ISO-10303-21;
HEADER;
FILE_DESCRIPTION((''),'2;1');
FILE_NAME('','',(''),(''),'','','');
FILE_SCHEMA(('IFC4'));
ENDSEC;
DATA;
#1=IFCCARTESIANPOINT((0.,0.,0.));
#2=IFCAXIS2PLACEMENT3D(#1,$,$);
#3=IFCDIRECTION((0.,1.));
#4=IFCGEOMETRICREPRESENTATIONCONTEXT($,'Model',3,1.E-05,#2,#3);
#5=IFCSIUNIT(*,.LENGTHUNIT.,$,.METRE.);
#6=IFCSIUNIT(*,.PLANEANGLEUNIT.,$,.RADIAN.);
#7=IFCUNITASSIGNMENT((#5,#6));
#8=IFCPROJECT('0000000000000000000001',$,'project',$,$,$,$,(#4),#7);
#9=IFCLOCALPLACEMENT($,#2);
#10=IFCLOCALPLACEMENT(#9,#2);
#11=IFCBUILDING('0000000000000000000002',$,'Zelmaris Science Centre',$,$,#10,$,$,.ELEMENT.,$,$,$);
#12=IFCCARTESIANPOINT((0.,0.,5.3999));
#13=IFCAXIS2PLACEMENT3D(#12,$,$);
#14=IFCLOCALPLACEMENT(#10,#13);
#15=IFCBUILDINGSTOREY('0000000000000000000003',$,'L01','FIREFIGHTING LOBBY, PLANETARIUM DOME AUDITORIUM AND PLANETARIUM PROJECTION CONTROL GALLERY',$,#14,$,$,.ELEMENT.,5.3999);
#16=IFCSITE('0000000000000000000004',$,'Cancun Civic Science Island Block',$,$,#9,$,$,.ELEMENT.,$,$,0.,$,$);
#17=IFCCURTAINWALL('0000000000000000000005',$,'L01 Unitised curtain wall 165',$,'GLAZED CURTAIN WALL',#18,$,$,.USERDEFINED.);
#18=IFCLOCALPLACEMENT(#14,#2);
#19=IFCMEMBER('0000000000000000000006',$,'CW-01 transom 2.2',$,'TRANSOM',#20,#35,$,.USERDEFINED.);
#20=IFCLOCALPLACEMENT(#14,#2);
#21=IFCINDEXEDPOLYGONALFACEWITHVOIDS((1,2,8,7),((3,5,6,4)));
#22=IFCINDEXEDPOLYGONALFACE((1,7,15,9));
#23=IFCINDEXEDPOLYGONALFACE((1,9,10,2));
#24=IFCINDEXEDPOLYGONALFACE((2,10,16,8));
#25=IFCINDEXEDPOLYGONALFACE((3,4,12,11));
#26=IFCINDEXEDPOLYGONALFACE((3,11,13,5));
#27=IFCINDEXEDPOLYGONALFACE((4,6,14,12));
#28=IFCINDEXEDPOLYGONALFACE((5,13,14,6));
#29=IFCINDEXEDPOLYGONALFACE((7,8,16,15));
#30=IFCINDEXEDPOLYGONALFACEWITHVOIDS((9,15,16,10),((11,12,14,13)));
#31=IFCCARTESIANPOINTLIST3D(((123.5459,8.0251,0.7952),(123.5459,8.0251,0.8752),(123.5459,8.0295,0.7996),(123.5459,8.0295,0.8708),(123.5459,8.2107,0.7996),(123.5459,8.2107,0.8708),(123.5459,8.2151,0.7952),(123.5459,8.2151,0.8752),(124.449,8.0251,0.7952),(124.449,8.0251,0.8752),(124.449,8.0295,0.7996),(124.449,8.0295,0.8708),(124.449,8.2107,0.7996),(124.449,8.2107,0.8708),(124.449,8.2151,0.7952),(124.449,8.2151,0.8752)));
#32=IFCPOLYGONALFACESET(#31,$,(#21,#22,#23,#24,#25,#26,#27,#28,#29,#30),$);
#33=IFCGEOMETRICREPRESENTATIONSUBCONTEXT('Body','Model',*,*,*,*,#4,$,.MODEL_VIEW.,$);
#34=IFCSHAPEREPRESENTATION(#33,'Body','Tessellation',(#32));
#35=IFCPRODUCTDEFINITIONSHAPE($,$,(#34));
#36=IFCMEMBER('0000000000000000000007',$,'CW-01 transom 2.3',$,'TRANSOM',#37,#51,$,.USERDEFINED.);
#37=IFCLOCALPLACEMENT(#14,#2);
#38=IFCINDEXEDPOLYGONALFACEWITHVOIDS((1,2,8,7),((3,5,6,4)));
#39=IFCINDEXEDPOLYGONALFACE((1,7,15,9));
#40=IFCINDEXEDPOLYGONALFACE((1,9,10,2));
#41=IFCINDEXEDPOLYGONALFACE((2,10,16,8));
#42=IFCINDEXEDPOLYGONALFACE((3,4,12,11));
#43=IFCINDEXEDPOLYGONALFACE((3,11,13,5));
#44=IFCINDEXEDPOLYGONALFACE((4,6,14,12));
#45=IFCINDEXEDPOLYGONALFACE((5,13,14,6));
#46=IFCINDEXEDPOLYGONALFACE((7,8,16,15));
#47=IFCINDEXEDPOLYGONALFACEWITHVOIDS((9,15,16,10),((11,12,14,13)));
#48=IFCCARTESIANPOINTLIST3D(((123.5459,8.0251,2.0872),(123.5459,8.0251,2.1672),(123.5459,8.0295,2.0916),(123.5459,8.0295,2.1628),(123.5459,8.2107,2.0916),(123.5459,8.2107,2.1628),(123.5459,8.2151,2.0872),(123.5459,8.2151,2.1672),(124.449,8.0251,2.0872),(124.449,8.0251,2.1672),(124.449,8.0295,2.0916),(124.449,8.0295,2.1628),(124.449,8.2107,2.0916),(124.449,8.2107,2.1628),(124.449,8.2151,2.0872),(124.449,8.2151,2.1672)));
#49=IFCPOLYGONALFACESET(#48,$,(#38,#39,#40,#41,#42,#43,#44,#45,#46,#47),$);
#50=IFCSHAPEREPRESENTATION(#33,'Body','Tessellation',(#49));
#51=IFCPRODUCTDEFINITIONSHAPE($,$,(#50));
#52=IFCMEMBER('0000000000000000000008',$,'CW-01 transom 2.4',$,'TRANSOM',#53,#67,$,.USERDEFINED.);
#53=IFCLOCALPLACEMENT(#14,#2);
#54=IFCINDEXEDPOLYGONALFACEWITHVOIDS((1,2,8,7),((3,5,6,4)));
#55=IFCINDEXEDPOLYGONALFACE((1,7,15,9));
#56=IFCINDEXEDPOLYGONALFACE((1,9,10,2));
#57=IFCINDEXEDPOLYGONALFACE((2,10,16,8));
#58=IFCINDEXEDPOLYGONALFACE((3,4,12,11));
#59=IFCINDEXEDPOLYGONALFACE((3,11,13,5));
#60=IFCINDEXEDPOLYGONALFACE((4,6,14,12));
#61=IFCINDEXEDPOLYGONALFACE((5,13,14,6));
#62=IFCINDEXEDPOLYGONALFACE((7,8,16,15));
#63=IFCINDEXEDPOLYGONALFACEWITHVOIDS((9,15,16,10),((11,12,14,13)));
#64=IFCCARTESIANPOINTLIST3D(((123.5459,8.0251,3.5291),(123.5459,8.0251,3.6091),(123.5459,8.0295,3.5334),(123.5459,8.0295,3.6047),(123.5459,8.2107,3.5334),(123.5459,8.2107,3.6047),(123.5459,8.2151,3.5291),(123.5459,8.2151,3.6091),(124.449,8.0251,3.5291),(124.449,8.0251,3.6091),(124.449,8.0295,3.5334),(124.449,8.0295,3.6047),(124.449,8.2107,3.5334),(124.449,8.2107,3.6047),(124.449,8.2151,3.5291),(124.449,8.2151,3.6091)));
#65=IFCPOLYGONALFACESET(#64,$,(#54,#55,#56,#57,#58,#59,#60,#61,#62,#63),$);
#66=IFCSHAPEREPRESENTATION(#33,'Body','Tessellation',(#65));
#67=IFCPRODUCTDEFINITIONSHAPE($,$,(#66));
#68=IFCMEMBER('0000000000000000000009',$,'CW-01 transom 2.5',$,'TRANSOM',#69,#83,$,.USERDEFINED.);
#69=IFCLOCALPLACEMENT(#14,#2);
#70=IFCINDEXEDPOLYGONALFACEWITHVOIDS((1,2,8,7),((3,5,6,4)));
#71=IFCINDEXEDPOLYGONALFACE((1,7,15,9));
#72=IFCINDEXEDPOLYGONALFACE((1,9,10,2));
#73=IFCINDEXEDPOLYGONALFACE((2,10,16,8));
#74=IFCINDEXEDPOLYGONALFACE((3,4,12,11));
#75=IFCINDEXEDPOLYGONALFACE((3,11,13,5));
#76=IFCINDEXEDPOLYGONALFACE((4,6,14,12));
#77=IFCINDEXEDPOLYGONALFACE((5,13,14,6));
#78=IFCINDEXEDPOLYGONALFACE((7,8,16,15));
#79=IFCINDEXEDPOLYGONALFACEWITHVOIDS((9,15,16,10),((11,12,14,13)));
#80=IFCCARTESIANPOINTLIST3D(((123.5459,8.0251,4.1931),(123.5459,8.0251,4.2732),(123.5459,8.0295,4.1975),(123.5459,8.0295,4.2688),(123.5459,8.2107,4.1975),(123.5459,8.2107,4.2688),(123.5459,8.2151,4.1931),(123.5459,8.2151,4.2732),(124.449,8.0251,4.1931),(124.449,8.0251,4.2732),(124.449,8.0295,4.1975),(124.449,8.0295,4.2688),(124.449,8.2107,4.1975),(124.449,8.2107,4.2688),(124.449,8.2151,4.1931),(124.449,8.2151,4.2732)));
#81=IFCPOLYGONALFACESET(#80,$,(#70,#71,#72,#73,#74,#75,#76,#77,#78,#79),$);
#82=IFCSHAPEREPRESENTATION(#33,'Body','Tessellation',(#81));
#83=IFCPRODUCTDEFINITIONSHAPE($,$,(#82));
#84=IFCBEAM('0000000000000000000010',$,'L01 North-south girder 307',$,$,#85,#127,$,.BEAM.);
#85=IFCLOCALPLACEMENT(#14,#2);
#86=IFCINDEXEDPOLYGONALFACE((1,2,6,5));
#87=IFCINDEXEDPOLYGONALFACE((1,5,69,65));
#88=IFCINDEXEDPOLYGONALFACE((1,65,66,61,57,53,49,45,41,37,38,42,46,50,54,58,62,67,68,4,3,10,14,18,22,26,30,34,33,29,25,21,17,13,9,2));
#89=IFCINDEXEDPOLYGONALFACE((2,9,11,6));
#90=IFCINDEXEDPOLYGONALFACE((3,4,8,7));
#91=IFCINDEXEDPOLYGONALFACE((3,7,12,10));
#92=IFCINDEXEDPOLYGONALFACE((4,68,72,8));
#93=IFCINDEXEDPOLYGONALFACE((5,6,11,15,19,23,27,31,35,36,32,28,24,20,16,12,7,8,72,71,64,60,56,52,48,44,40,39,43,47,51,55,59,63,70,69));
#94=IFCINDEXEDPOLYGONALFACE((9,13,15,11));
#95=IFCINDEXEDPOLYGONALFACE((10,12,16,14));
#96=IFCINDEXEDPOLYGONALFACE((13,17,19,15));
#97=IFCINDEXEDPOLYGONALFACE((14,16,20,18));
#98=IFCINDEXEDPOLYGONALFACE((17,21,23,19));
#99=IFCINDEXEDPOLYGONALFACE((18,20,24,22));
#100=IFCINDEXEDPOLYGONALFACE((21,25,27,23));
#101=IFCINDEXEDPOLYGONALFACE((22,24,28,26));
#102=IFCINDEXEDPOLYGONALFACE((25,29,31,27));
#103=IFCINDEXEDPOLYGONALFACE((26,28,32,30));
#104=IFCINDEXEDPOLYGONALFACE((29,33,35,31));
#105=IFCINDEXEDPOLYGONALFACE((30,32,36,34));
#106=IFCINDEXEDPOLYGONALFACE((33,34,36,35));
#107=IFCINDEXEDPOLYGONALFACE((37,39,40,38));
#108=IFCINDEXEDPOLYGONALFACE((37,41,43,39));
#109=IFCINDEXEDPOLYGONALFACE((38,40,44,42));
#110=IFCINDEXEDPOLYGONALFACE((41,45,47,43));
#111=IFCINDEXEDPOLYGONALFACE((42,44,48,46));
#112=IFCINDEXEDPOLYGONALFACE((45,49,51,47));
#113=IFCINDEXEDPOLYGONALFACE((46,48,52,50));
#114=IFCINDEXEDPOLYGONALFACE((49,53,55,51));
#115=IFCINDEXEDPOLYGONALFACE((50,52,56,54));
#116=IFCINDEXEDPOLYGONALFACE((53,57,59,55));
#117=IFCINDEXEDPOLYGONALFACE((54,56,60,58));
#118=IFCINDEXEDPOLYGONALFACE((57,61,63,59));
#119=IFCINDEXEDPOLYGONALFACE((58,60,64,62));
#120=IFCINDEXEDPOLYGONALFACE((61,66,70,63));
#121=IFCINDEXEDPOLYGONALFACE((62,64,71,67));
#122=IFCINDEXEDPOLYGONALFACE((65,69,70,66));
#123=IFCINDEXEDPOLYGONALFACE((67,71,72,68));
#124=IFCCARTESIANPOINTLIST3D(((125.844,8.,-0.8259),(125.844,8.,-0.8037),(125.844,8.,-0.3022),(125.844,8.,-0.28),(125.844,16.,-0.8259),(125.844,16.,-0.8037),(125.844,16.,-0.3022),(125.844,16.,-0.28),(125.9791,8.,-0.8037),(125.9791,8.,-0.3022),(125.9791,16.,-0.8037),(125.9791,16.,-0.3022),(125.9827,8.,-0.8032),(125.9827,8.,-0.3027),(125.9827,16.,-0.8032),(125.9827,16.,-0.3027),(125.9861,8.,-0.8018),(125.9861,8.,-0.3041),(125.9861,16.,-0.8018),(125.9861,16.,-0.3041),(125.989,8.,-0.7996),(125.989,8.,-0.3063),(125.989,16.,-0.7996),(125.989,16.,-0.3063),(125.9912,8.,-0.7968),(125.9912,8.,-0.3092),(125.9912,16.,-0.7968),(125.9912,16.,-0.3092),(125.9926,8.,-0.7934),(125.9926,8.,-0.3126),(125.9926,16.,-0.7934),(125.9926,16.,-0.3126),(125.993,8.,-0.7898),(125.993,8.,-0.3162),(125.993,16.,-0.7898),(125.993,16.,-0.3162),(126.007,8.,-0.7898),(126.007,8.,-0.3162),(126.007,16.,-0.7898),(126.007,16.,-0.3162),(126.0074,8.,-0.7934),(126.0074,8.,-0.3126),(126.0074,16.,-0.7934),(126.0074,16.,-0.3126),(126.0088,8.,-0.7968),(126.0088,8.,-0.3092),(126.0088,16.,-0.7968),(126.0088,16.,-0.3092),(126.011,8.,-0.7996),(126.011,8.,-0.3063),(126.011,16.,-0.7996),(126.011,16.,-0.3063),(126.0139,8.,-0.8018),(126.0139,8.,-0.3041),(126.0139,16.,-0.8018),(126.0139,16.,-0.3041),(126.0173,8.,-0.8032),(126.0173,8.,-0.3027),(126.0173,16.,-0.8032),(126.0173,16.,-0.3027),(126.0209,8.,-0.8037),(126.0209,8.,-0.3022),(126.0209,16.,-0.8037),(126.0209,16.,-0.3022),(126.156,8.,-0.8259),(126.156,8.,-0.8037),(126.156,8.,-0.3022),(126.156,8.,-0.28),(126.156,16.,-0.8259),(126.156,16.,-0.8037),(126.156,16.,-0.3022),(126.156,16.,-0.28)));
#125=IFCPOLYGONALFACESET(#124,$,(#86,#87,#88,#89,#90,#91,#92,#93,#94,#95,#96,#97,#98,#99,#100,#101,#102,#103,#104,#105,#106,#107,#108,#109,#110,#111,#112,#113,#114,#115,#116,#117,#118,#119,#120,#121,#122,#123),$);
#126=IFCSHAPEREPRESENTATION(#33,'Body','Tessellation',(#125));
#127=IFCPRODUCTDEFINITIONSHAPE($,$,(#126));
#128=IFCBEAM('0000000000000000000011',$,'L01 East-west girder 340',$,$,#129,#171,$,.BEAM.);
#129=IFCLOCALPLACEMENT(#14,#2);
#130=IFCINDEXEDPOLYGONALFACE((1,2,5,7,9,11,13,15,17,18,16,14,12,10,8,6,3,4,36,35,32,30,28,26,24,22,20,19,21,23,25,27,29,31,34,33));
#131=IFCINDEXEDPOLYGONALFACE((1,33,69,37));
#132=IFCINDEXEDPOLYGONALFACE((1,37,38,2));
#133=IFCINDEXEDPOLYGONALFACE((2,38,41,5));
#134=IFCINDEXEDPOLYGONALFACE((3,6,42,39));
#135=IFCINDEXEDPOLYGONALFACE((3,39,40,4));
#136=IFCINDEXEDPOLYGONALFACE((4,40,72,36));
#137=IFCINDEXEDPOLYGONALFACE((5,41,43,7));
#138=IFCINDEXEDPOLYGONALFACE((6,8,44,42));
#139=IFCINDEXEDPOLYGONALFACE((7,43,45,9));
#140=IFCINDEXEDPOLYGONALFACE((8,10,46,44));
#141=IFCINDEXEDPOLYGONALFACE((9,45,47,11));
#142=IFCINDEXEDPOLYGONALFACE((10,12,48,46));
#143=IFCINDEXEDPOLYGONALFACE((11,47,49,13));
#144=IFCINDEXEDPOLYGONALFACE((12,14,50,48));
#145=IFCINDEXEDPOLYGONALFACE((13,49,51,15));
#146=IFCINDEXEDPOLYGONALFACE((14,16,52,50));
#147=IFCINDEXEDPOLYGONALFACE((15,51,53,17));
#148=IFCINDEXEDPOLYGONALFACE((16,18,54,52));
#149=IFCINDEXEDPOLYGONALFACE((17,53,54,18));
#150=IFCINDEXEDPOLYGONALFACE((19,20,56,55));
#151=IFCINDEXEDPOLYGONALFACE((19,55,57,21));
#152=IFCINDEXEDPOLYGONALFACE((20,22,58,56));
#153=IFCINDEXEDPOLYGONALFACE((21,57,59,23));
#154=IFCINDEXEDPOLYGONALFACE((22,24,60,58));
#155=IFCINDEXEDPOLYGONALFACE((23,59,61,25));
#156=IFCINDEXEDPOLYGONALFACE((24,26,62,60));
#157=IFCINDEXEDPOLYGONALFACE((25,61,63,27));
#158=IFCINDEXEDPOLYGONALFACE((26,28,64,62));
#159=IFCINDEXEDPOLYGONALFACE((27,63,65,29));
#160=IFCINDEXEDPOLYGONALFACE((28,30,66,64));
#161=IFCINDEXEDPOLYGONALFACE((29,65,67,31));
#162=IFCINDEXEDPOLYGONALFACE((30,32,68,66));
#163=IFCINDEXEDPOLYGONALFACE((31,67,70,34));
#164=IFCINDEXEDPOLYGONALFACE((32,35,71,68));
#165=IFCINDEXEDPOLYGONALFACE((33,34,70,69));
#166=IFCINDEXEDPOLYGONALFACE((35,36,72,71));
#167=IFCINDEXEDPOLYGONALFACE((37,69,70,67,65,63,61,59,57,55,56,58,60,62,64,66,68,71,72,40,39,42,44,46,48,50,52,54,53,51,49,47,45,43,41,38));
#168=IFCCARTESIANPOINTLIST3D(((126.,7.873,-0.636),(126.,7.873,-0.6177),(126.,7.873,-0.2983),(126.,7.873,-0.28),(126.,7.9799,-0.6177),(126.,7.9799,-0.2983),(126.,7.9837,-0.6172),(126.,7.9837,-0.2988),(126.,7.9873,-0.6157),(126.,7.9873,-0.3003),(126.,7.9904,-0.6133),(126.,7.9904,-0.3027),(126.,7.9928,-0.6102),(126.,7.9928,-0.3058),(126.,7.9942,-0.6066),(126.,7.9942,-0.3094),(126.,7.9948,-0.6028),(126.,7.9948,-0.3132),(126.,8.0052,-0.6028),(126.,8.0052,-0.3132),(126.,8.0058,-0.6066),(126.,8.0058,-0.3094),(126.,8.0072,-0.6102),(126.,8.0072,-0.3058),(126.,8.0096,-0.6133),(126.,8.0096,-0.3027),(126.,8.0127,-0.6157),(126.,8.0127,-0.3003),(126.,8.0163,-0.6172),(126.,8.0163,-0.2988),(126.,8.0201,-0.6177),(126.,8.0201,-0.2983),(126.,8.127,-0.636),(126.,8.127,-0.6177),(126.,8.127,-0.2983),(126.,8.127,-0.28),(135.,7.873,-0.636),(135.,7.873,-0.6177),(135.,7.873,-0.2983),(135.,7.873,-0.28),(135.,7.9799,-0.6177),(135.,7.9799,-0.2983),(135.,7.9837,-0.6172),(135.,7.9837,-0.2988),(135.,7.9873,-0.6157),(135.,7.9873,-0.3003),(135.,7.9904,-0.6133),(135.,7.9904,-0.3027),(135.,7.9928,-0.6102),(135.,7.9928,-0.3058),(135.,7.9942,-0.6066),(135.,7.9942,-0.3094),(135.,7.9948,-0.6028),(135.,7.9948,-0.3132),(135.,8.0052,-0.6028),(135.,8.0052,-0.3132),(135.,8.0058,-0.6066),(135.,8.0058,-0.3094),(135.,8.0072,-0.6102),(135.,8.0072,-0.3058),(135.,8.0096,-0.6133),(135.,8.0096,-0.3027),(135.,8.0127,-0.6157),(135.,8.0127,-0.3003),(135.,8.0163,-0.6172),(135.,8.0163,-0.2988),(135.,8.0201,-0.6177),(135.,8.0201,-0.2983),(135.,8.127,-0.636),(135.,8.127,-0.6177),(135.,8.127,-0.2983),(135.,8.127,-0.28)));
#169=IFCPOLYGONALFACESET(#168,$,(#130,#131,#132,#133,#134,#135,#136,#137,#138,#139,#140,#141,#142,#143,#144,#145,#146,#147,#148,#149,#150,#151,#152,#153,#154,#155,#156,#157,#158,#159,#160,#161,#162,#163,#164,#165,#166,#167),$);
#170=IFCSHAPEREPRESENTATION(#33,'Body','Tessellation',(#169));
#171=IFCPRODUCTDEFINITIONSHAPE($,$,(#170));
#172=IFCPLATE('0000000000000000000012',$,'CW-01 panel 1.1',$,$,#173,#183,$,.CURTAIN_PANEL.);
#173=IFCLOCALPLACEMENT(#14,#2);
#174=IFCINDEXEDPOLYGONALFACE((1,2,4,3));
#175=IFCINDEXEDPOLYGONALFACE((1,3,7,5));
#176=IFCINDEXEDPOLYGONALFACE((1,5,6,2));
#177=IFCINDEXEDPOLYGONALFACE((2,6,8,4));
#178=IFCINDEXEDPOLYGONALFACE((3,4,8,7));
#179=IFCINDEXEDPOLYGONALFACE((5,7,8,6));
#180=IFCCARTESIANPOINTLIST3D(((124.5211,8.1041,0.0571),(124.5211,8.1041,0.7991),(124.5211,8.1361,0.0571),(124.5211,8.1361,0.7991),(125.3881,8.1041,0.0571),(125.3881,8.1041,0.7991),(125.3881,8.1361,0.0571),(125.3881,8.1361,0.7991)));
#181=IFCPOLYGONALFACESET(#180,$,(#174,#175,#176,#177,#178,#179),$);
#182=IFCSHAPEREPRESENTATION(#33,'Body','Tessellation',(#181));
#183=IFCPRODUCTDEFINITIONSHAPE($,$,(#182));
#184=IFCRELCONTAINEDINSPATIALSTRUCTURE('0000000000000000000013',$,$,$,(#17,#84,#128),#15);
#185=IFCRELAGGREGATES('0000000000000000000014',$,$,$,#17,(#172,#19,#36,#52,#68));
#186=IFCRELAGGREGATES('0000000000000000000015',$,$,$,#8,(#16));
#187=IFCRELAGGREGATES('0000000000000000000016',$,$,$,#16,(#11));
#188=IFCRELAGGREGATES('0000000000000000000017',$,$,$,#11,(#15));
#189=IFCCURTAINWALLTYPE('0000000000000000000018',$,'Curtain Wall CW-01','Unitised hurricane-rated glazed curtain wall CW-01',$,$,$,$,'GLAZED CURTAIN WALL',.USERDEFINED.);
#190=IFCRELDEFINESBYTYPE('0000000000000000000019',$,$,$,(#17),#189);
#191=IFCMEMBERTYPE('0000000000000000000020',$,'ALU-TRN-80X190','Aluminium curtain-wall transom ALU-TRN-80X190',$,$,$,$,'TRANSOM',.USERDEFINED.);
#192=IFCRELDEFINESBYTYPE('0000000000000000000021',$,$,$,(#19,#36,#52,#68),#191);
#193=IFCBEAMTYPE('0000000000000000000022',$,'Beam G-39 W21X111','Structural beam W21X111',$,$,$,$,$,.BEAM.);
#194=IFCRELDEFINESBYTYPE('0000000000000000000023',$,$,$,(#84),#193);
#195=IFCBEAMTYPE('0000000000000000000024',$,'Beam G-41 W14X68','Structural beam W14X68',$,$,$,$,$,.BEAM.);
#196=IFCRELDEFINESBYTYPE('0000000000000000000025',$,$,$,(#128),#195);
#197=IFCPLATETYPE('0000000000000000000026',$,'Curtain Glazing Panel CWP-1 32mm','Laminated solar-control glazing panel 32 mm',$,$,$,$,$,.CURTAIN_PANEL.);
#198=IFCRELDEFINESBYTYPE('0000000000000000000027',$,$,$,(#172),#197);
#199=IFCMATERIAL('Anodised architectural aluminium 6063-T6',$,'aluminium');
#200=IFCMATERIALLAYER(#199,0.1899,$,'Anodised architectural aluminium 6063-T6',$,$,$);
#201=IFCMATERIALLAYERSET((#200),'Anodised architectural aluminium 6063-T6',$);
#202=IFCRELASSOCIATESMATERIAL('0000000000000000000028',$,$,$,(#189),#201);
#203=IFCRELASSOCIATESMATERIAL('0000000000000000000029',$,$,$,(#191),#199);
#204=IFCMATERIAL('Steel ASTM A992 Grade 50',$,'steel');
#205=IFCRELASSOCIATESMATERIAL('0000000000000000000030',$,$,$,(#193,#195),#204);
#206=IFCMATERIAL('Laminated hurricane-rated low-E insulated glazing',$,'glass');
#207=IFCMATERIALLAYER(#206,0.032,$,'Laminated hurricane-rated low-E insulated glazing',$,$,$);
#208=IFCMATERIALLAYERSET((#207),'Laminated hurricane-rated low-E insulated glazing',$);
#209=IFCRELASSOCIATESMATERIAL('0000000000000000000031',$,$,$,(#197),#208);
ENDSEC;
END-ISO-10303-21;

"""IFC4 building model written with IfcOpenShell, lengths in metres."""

from ifc_helpers import new_model, si_unit, direction, frame, origin, origin_2d, place, context, subcontext, project, spatial, rectangle, hollow_rectangle, i_section, extrude, material, layer, layer_set, material_profile, profile_set, type_object, element, aggregate, save


model = new_model("IFC4")

# Units and contexts
model_context = context("Model", 3, precision=1e-05, world=origin(), true_north=direction((0.0, 1.0)))
body_context = subcontext(model_context, "Body", "Model", "MODEL_VIEW")
ifc_project = project(units=[si_unit("LENGTHUNIT", "METRE"), si_unit("PLANEANGLEUNIT", "RADIAN")], contexts=[model_context])

# Site, building, storey
site_placement = place(None, origin())
site = spatial("IfcSite", under=ifc_project, at=site_placement, Name="Cancun Civic Science Island Block", CompositionType="ELEMENT", RefElevation=0.0)
building_placement = place(site_placement, origin())
building = spatial("IfcBuilding", under=site, at=building_placement, Name="Zelmaris Science Centre", CompositionType="ELEMENT")
storey_placement = place(building_placement, frame((0.0, 0.0, 5.3999)))
storey = spatial("IfcBuildingStorey", under=building, at=storey_placement, Name="L01", Description="FIREFIGHTING LOBBY, PLANETARIUM DOME AUDITORIUM AND PLANETARIUM PROJECTION CONTROL GALLERY", CompositionType="ELEMENT", Elevation=5.3999)

# Curtain wall, members
ifc_material_1 = material(Name="Anodised architectural aluminium 6063-T6", Category="aluminium")
ifc_layer_1 = layer(ifc_material_1, 0.1899, Name="Anodised architectural aluminium 6063-T6")
ifc_layer_set_1 = layer_set([ifc_layer_1], Name="Anodised architectural aluminium 6063-T6")
curtain_wall_type = type_object("IfcCurtainWallType", Name="Curtain Wall CW-01", Description="Unitised hurricane-rated glazed curtain wall CW-01", ElementType="GLAZED CURTAIN WALL", PredefinedType="USERDEFINED", material=ifc_layer_set_1)
curtain_wall_placement = place(storey_placement, origin())
curtain_wall = element("IfcCurtainWall", 1, at=curtain_wall_placement, inside=storey, type_object=curtain_wall_type, Name="L01 Unitised curtain wall 165", ObjectType="GLAZED CURTAIN WALL", PredefinedType="USERDEFINED")
ifc_material_profile_1 = material_profile(ifc_material_1, hollow_rectangle(XDim=0.0801, YDim=0.1899, WallThickness=0.0044, at=origin_2d()), Name="ALU-TRN-80X190")
ifc_profile_set_1 = profile_set([ifc_material_profile_1], Name="Anodised architectural aluminium 6063-T6")
member_type_1 = type_object("IfcMemberType", Name="ALU-TRN-80X190", Description="Aluminium curtain-wall transom ALU-TRN-80X190", ElementType="TRANSOM", PredefinedType="USERDEFINED", material=ifc_profile_set_1)
member_1_placement = place(storey_placement, frame((124.449, 8.1201, 0.8352), z_axis=(-1.0, 0.0, 0.0), x_axis=(0.0, 0.0, 1.0)))
member_1 = element("IfcMember", 2, at=member_1_placement, type_object=member_type_1, Name="CW-01 transom 2.2", ObjectType="TRANSOM", PredefinedType="USERDEFINED", context=body_context, shape_type="SweptSolid", body=[
    extrude(hollow_rectangle(XDim=0.0801, YDim=0.1899, WallThickness=0.0044, at=origin_2d()), origin(), (0.0, 0.0, 1.0), 0.9031),
])
member_2_placement = place(storey_placement, frame((124.449, 8.1201, 2.1272), z_axis=(-1.0, 0.0, 0.0), x_axis=(0.0, 0.0, 1.0)))
member_2 = element("IfcMember", 3, at=member_2_placement, type_object=member_type_1, Name="CW-01 transom 2.3", ObjectType="TRANSOM", PredefinedType="USERDEFINED", context=body_context, shape_type="SweptSolid", body=[
    extrude(hollow_rectangle(XDim=0.0801, YDim=0.1899, WallThickness=0.0044, at=origin_2d()), origin(), (0.0, 0.0, 1.0), 0.9031),
])
member_3_placement = place(storey_placement, frame((124.449, 8.1201, 3.5691), z_axis=(-1.0, 0.0, 0.0), x_axis=(0.0, 0.0, 1.0)))
member_3 = element("IfcMember", 4, at=member_3_placement, type_object=member_type_1, Name="CW-01 transom 2.4", ObjectType="TRANSOM", PredefinedType="USERDEFINED", context=body_context, shape_type="SweptSolid", body=[
    extrude(hollow_rectangle(XDim=0.0801, YDim=0.1899, WallThickness=0.0044, at=origin_2d()), origin(), (0.0, 0.0, 1.0), 0.9031),
])
member_4_placement = place(storey_placement, frame((124.449, 8.1201, 4.2332), z_axis=(-1.0, 0.0, 0.0), x_axis=(0.0, 0.0, 1.0)))
member_4 = element("IfcMember", 5, at=member_4_placement, type_object=member_type_1, Name="CW-01 transom 2.5", ObjectType="TRANSOM", PredefinedType="USERDEFINED", context=body_context, shape_type="SweptSolid", body=[
    extrude(hollow_rectangle(XDim=0.0801, YDim=0.1899, WallThickness=0.0044, at=origin_2d()), origin(), (0.0, 0.0, 1.0), 0.9031),
])

# Beams
ifc_material_2 = material(Name="Steel ASTM A992 Grade 50", Category="steel")
ifc_material_profile_2 = material_profile(ifc_material_2, i_section(OverallWidth=0.312, OverallDepth=0.5459, WebThickness=0.0139, FlangeThickness=0.0222, FilletRadius=0.0139, at=origin_2d()), Name="W21X111")
ifc_profile_set_2 = profile_set([ifc_material_profile_2], Name="Steel ASTM A992 Grade 50")
beam_type_1 = type_object("IfcBeamType", Name="Beam G-39 W21X111", Description="Structural beam W21X111", PredefinedType="BEAM", material=ifc_profile_set_2)
beam_1_placement = place(storey_placement, frame((126.0, 8.0, -0.553), z_axis=(0.0, 1.0, 0.0), x_axis=(-1.0, 0.0, 0.0)))
element("IfcBeam", 6, at=beam_1_placement, inside=storey, type_object=beam_type_1, Name="L01 North-south girder 307", PredefinedType="BEAM", context=body_context, shape_type="SweptSolid", body=[
    extrude(i_section(OverallWidth=0.312, OverallDepth=0.5459, WebThickness=0.0139, FlangeThickness=0.0222, FilletRadius=0.0139, at=origin_2d()), origin(), (0.0, 0.0, 1.0), 8.0),
])
ifc_material_profile_3 = material_profile(ifc_material_2, i_section(OverallWidth=0.2539, OverallDepth=0.356, WebThickness=0.0105, FlangeThickness=0.0183, FilletRadius=0.0149, at=origin_2d()), Name="W14X68")
ifc_profile_set_3 = profile_set([ifc_material_profile_3], Name="Steel ASTM A992 Grade 50")
beam_type_2 = type_object("IfcBeamType", Name="Beam G-41 W14X68", Description="Structural beam W14X68", PredefinedType="BEAM", material=ifc_profile_set_3)
beam_2_placement = place(storey_placement, frame((126.0, 8.0, -0.458), z_axis=(1.0, 0.0, 0.0), x_axis=(0.0, 1.0, 0.0)))
element("IfcBeam", 7, at=beam_2_placement, inside=storey, type_object=beam_type_2, Name="L01 East-west girder 340", PredefinedType="BEAM", context=body_context, shape_type="SweptSolid", body=[
    extrude(i_section(OverallWidth=0.2539, OverallDepth=0.356, WebThickness=0.0105, FlangeThickness=0.0183, FilletRadius=0.0149, at=origin_2d()), origin(), (0.0, 0.0, 1.0), 9.0),
])

# Plate
ifc_material_3 = material(Name="Laminated hurricane-rated low-E insulated glazing", Category="glass")
ifc_layer_2 = layer(ifc_material_3, 0.032, Name="Laminated hurricane-rated low-E insulated glazing")
ifc_layer_set_2 = layer_set([ifc_layer_2], Name="Laminated hurricane-rated low-E insulated glazing")
plate_type = type_object("IfcPlateType", Name="Curtain Glazing Panel CWP-1 32mm", Description="Laminated solar-control glazing panel 32 mm", PredefinedType="CURTAIN_PANEL", material=ifc_layer_set_2)
plate_1_placement = place(storey_placement, frame((124.9546, 8.1201, 0.0571), z_axis=(0.0, 0.0, 1.0), x_axis=(-1.0, 0.0, 0.0)))
plate_1 = element("IfcPlate", 8, at=plate_1_placement, type_object=plate_type, Name="CW-01 panel 1.1", PredefinedType="CURTAIN_PANEL", context=body_context, shape_type="SweptSolid", body=[
    extrude(rectangle(XDim=0.8669, YDim=0.032, at=origin_2d()), origin(), (0.0, 0.0, 1.0), 0.7419),
])
aggregate(curtain_wall, [plate_1, member_1, member_2, member_3, member_4])

save(model, "model.ifc")
